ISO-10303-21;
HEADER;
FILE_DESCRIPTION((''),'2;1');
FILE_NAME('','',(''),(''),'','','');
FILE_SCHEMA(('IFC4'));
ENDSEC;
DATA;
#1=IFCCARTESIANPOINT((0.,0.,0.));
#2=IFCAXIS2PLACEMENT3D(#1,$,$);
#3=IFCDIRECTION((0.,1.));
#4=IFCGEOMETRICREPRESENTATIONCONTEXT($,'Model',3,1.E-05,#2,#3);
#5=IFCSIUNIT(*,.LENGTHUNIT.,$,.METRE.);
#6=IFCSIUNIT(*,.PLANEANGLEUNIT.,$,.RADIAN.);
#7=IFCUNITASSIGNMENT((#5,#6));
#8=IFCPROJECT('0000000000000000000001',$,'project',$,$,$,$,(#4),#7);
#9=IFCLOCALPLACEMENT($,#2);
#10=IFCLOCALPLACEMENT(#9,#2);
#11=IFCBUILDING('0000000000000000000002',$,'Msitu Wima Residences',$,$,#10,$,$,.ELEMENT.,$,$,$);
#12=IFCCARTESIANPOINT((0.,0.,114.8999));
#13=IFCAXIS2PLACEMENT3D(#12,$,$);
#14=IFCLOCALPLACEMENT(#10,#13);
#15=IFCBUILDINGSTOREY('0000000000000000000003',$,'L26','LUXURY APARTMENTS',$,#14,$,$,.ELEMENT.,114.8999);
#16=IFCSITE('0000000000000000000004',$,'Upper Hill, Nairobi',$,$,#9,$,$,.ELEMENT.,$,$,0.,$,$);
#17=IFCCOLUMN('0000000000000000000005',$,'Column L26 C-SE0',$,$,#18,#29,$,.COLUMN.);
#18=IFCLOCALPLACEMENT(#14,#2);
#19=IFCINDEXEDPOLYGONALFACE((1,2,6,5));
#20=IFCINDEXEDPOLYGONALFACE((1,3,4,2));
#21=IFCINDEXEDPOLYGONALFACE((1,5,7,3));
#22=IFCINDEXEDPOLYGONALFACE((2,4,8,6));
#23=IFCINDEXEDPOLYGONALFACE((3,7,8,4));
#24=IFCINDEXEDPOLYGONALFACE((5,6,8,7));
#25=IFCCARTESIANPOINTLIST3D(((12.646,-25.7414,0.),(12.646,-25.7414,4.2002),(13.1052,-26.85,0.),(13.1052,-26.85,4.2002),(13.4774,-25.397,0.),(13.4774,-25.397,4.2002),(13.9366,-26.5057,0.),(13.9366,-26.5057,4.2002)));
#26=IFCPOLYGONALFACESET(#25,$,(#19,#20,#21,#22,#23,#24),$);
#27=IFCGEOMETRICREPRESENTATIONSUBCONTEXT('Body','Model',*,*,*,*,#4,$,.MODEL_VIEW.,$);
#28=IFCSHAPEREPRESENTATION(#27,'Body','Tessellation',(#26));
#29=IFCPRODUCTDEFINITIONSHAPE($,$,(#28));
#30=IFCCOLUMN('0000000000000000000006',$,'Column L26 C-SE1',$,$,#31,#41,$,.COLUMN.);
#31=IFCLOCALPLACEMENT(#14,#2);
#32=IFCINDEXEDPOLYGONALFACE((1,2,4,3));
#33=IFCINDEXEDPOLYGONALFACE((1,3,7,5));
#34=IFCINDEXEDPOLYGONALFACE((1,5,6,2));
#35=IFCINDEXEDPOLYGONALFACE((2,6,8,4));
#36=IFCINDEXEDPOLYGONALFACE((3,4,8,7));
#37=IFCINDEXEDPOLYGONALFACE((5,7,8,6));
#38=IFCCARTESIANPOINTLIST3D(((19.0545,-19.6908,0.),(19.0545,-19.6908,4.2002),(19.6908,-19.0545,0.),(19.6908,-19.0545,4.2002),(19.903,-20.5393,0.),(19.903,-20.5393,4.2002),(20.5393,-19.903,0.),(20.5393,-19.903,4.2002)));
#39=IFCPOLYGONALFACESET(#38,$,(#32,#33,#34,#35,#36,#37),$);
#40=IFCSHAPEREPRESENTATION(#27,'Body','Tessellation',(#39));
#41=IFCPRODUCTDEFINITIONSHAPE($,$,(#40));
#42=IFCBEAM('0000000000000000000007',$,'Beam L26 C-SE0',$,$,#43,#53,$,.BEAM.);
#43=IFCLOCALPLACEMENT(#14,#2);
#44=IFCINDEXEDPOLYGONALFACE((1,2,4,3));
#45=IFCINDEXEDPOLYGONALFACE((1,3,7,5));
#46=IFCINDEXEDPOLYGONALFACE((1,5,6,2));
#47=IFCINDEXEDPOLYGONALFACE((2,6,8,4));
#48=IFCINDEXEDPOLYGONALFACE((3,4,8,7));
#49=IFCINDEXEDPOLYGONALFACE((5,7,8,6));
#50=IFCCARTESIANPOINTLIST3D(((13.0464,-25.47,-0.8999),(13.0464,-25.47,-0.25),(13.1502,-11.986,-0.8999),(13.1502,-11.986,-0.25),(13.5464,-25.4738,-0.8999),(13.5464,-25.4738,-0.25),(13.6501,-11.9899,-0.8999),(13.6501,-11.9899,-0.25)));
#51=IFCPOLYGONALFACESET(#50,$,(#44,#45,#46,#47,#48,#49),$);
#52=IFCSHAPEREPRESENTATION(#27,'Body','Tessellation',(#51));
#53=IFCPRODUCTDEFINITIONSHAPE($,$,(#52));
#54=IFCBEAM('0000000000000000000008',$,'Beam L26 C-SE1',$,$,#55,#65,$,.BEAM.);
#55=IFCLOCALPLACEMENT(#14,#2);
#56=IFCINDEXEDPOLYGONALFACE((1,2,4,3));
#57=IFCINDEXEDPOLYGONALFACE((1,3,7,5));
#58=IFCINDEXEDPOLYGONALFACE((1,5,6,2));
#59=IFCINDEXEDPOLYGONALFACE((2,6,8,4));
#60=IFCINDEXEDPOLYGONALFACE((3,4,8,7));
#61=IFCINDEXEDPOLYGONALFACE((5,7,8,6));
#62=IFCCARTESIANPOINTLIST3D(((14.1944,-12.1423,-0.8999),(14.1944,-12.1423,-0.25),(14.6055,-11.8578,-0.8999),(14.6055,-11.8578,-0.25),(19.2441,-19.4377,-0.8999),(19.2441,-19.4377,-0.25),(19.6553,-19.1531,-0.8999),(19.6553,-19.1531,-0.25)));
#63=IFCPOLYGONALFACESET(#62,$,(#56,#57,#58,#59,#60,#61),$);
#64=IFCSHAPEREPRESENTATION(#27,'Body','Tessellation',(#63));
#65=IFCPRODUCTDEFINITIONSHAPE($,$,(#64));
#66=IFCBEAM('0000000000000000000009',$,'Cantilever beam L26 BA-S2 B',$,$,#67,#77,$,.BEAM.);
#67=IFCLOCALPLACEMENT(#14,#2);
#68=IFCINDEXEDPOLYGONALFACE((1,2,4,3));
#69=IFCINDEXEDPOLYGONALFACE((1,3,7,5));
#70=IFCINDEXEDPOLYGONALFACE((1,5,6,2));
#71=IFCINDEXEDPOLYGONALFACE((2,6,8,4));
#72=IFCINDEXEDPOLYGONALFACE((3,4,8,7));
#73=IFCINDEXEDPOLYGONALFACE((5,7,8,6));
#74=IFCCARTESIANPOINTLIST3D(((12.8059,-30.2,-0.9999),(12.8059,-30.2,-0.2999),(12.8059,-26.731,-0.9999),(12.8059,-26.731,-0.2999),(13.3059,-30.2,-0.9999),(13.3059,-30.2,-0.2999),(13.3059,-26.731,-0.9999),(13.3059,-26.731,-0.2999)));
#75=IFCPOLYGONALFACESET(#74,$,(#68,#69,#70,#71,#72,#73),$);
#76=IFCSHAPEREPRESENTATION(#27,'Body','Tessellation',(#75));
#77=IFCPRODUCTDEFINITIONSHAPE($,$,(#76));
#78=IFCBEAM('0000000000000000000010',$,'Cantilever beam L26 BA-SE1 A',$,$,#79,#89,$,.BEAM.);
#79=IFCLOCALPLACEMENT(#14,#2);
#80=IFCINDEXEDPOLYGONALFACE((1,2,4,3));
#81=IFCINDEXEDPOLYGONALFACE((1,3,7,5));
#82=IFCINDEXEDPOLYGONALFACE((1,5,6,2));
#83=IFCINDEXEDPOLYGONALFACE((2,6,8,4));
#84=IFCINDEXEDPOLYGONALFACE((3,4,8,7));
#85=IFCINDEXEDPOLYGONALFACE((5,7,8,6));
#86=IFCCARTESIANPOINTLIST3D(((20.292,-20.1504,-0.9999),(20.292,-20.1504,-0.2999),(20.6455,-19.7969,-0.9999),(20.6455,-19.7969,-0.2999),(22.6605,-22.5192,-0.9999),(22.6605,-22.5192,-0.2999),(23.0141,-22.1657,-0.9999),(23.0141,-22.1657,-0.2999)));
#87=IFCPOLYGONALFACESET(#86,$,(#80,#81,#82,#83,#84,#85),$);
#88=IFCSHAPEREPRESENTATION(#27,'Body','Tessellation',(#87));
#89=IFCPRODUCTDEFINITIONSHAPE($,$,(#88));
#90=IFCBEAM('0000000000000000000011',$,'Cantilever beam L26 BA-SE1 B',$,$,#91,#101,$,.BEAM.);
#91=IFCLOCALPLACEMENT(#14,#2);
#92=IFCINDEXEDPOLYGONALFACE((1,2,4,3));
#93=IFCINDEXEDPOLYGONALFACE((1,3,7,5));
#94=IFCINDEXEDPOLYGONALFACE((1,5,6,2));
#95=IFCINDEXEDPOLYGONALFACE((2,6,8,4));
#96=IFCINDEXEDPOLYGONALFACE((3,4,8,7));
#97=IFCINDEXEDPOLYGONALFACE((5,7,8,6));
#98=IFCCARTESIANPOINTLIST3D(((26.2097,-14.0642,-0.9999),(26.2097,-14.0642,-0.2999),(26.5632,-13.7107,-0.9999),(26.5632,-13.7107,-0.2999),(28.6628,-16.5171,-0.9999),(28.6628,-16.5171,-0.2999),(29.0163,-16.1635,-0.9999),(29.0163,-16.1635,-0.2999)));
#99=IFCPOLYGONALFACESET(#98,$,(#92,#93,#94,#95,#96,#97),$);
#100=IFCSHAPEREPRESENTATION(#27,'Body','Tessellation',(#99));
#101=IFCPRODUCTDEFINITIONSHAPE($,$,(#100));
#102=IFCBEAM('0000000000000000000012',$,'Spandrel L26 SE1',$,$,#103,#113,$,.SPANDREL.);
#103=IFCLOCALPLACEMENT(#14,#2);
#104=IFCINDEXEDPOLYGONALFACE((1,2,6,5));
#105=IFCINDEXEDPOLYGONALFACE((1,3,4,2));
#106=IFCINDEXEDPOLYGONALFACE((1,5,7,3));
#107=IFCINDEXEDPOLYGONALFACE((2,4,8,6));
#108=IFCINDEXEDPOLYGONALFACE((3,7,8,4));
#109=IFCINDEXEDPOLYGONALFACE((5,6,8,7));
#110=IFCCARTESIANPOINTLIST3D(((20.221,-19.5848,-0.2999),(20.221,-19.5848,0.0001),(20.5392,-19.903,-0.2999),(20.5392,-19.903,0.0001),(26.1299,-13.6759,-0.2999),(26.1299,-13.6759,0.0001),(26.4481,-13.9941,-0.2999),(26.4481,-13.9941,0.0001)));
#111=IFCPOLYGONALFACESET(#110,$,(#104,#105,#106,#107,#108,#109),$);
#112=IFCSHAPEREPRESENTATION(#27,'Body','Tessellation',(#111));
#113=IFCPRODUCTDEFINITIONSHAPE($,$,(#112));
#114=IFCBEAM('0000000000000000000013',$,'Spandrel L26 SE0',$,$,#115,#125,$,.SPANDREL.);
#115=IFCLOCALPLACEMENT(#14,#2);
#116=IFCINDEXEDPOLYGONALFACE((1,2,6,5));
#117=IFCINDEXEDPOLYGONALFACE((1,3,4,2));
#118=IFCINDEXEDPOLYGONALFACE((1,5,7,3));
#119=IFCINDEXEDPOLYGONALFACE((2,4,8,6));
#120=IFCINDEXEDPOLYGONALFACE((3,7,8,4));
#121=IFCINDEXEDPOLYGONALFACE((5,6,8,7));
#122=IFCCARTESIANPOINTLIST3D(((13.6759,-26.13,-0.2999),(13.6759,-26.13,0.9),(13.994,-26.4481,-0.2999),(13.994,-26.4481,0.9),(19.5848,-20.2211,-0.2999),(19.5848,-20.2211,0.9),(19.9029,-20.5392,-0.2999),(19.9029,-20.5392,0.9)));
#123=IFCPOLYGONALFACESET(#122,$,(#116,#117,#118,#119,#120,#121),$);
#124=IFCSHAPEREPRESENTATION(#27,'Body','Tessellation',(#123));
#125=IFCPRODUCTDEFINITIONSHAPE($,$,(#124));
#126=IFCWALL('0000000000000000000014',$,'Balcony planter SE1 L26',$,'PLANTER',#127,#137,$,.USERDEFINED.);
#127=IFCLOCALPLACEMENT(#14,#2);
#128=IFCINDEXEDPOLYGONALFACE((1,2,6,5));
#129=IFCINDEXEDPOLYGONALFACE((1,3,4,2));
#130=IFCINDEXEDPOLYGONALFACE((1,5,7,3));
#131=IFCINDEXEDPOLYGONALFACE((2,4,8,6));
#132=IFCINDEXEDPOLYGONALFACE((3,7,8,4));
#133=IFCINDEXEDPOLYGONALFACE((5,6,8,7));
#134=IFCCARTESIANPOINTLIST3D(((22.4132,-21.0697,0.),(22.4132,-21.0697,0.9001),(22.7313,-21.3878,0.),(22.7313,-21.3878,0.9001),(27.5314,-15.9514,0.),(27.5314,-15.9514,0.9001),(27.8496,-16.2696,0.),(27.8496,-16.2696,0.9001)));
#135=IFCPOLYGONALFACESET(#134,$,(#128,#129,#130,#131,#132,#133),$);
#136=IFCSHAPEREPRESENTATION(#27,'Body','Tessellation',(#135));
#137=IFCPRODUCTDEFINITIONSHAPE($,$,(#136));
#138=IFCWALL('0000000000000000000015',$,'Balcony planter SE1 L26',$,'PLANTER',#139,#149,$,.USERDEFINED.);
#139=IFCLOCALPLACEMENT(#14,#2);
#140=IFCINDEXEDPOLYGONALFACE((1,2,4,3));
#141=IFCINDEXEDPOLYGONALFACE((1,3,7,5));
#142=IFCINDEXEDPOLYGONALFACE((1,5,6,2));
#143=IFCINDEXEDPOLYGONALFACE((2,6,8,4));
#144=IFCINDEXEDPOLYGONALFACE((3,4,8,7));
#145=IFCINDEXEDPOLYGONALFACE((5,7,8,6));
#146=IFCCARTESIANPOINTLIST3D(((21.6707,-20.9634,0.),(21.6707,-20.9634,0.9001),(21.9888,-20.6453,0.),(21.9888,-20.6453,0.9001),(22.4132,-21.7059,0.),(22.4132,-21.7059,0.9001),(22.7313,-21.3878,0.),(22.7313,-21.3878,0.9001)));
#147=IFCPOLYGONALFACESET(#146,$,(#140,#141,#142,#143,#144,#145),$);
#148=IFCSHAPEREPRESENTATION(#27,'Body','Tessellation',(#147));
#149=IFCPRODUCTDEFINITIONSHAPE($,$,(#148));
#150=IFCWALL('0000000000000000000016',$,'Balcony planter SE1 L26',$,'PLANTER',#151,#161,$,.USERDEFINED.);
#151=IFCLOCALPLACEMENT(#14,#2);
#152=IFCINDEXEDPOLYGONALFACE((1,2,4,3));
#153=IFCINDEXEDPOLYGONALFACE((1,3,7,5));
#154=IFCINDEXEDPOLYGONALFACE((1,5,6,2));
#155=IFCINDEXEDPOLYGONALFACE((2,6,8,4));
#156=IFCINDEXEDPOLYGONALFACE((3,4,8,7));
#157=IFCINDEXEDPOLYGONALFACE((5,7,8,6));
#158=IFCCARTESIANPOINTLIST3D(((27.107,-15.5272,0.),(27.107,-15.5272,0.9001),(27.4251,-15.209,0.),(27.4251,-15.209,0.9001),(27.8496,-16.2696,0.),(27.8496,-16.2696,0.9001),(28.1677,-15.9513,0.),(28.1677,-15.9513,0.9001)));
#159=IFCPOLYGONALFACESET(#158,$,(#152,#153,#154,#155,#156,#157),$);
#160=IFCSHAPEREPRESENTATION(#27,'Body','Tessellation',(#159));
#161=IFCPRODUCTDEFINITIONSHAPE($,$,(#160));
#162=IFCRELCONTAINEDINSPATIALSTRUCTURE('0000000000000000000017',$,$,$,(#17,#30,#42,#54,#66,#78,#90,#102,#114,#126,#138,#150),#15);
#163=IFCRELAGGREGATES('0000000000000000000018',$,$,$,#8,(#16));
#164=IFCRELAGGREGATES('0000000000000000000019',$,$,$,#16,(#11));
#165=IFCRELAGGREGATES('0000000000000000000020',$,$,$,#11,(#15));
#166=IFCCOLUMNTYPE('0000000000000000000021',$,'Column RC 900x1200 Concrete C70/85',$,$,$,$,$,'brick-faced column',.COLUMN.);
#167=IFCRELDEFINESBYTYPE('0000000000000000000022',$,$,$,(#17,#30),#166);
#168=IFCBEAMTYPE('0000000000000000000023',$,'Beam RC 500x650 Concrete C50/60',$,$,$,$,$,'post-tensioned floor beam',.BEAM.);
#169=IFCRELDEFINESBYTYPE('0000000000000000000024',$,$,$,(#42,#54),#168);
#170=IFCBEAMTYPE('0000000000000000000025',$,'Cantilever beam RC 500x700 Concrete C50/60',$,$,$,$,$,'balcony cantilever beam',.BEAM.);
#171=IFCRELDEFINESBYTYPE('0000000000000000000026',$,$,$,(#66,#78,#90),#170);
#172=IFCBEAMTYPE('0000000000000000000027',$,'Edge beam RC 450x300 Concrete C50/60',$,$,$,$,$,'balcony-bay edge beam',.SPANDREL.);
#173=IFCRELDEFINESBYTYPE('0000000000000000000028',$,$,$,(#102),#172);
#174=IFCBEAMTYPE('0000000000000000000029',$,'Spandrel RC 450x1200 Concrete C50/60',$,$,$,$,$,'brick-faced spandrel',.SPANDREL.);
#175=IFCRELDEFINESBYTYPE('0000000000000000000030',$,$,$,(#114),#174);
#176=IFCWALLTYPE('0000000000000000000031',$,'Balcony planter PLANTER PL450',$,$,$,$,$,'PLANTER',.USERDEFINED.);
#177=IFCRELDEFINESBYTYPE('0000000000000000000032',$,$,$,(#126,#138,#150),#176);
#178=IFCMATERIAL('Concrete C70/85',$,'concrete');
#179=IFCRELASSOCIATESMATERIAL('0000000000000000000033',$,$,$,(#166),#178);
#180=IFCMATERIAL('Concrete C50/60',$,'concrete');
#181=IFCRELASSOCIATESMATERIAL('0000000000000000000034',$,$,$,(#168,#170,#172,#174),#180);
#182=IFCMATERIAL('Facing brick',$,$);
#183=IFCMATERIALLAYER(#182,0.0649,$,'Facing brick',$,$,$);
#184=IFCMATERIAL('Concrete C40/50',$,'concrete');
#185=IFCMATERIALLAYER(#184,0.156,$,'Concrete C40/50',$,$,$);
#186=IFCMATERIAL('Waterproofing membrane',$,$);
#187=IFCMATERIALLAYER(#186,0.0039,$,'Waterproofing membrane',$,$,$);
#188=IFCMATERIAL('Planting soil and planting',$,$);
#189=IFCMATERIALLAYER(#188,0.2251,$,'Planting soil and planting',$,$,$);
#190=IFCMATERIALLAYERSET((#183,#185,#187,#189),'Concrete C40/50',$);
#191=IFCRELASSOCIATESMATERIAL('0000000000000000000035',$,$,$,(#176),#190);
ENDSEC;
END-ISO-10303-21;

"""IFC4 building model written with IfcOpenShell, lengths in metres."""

from ifc_helpers import new_model, si_unit, direction, frame, frame_2d, origin, origin_2d, place, context, subcontext, project, spatial, rectangle, extrude, material, layer, layer_set, material_profile, profile_set, type_object, element, save


model = new_model("IFC4")

# Units and contexts
model_context = context("Model", 3, precision=1e-05, world=origin(), true_north=direction((0.0, 1.0)))
body_context = subcontext(model_context, "Body", "Model", "MODEL_VIEW")
ifc_project = project(units=[si_unit("LENGTHUNIT", "METRE"), si_unit("PLANEANGLEUNIT", "RADIAN")], contexts=[model_context])

# Site, building, storey
site_placement = place(None, origin())
site = spatial("IfcSite", under=ifc_project, at=site_placement, Name="Upper Hill, Nairobi", CompositionType="ELEMENT", RefElevation=0.0)
building_placement = place(site_placement, origin())
building = spatial("IfcBuilding", under=site, at=building_placement, Name="Msitu Wima Residences", CompositionType="ELEMENT")
storey_placement = place(building_placement, frame((0.0, 0.0, 114.8999)))
storey = spatial("IfcBuildingStorey", under=building, at=storey_placement, Name="L26", Description="LUXURY APARTMENTS", CompositionType="ELEMENT", Elevation=114.8999)

# Columns
ifc_material_1 = material(Name="Concrete C70/85", Category="concrete")
ifc_material_profile_1 = material_profile(ifc_material_1, rectangle(XDim=0.8999, YDim=1.2, at=origin_2d()), Name="RC 900x1200")
ifc_profile_set_1 = profile_set([ifc_material_profile_1], Name="Concrete C70/85")
column_type = type_object("IfcColumnType", Name="Column RC 900x1200 Concrete C70/85", ElementType="brick-faced column", PredefinedType="COLUMN", material=ifc_profile_set_1)
for number, where, z_axis, x_axis, name in (
    (1, (13.2913, -26.1235, 0.0), (0.0, 0.0, 1.0), (0.92388, 0.382683, 0.0), "Column L26 C-SE0"),
    (2, (19.7969, -19.7969, 0.0), (0.0, 0.0, 1.0), (0.707107, 0.707107, 0.0), "Column L26 C-SE1"),
):
    element("IfcColumn", number, at=place(storey_placement, frame(where, z_axis=z_axis, x_axis=x_axis)), inside=storey, type_object=column_type, Name=name, PredefinedType="COLUMN", context=body_context, shape_type="SweptSolid", body=[
        extrude(rectangle(XDim=0.8999, YDim=1.2, at=origin_2d()), origin(), (0.0, 0.0, 1.0), 4.2002),
    ])

# Beams
ifc_material_2 = material(Name="Concrete C50/60", Category="concrete")
ifc_material_profile_2 = material_profile(ifc_material_2, rectangle(XDim=0.5, YDim=0.6499, at=origin_2d()), Name="RC 500x650")
ifc_profile_set_2 = profile_set([ifc_material_profile_2], Name="Concrete C50/60")
beam_type_1 = type_object("IfcBeamType", Name="Beam RC 500x650 Concrete C50/60", ElementType="post-tensioned floor beam", PredefinedType="BEAM", material=ifc_profile_set_2)
beam_1_placement = place(storey_placement, frame((13.2964, -25.4719, -0.575), z_axis=(0.007695, 0.99997, 0.0), x_axis=(-0.99997, 0.007695, 0.0)))
element("IfcBeam", 3, at=beam_1_placement, inside=storey, type_object=beam_type_1, Name="Beam L26 C-SE0", PredefinedType="BEAM", context=body_context, shape_type="SweptSolid", body=[
    extrude(rectangle(XDim=0.5, YDim=0.6499, at=origin_2d()), origin(), (0.0, 0.0, 1.0), 13.4844),
])
beam_2_placement = place(storey_placement, frame((19.4497, -19.2954, -0.575), z_axis=(-0.569144, 0.822238, 0.0), x_axis=(-0.822238, -0.569144, 0.0)))
element("IfcBeam", 4, at=beam_2_placement, inside=storey, type_object=beam_type_1, Name="Beam L26 C-SE1", PredefinedType="BEAM", context=body_context, shape_type="SweptSolid", body=[
    extrude(rectangle(XDim=0.5, YDim=0.6499, at=origin_2d()), origin(), (0.0, 0.0, 1.0), 8.8726),
])
ifc_material_profile_3 = material_profile(ifc_material_2, rectangle(XDim=0.5, YDim=0.7, at=origin_2d()), Name="RC 500x700")
ifc_profile_set_3 = profile_set([ifc_material_profile_3], Name="Concrete C50/60")
beam_type_2 = type_object("IfcBeamType", Name="Cantilever beam RC 500x700 Concrete C50/60", ElementType="balcony cantilever beam", PredefinedType="BEAM", material=ifc_profile_set_3)
beam_3_placement = place(storey_placement, frame((13.0559, -26.731, -0.6499), z_axis=(0.0, -1.0, 0.0), x_axis=(1.0, 0.0, 0.0)))
element("IfcBeam", 5, at=beam_3_placement, inside=storey, type_object=beam_type_2, Name="Cantilever beam L26 BA-S2 B", PredefinedType="BEAM", context=body_context, shape_type="SweptSolid", body=[
    extrude(rectangle(XDim=0.5, YDim=0.7, at=origin_2d()), origin(), (0.0, 0.0, 1.0), 3.469),
])
beam_4_placement = place(storey_placement, frame((20.4688, -19.9736, -0.6499), z_axis=(0.70707, -0.707143, 0.0), x_axis=(0.707143, 0.70707, 0.0)))
element("IfcBeam", 6, at=beam_4_placement, inside=storey, type_object=beam_type_2, Name="Cantilever beam L26 BA-SE1 A", PredefinedType="BEAM", context=body_context, shape_type="SweptSolid", body=[
    extrude(rectangle(XDim=0.5, YDim=0.7, at=origin_2d()), origin(), (0.0, 0.0, 1.0), 3.3499),
])
beam_5_placement = place(storey_placement, frame((26.3865, -13.8875, -0.6499), z_axis=(0.707142, -0.707072, 0.0), x_axis=(0.707072, 0.707142, 0.0)))
element("IfcBeam", 7, at=beam_5_placement, inside=storey, type_object=beam_type_2, Name="Cantilever beam L26 BA-SE1 B", PredefinedType="BEAM", context=body_context, shape_type="SweptSolid", body=[
    extrude(rectangle(XDim=0.5, YDim=0.7, at=origin_2d()), origin(), (0.0, 0.0, 1.0), 3.469),
])
ifc_material_profile_4 = material_profile(ifc_material_2, rectangle(XDim=0.45, YDim=0.3, at=origin_2d()), Name="RC 450x300")
ifc_profile_set_4 = profile_set([ifc_material_profile_4], Name="Concrete C50/60")
beam_type_3 = type_object("IfcBeamType", Name="Edge beam RC 450x300 Concrete C50/60", ElementType="balcony-bay edge beam", PredefinedType="SPANDREL", material=ifc_profile_set_4)
beam_6_placement = place(storey_placement, frame((20.3801, -19.7439, -0.1499), z_axis=(0.707107, 0.707107, 0.0), x_axis=(-0.707107, 0.707107, 0.0)))
element("IfcBeam", 8, at=beam_6_placement, inside=storey, type_object=beam_type_3, Name="Spandrel L26 SE1", PredefinedType="SPANDREL", context=body_context, shape_type="SweptSolid", body=[
    extrude(rectangle(XDim=0.45, YDim=0.3, at=origin_2d()), origin(), (0.0, 0.0, 1.0), 8.3564),
])
ifc_material_profile_5 = material_profile(ifc_material_2, rectangle(XDim=0.45, YDim=1.2, at=origin_2d()), Name="RC 450x1200")
ifc_profile_set_5 = profile_set([ifc_material_profile_5], Name="Concrete C50/60")
beam_type_4 = type_object("IfcBeamType", Name="Spandrel RC 450x1200 Concrete C50/60", ElementType="brick-faced spandrel", PredefinedType="SPANDREL", material=ifc_profile_set_5)
beam_7_placement = place(storey_placement, frame((13.835, -26.2891, 0.3), z_axis=(0.707107, 0.707107, 0.0), x_axis=(-0.707107, 0.707107, 0.0)))
element("IfcBeam", 9, at=beam_7_placement, inside=storey, type_object=beam_type_4, Name="Spandrel L26 SE0", PredefinedType="SPANDREL", context=body_context, shape_type="SweptSolid", body=[
    extrude(rectangle(XDim=0.45, YDim=1.2, at=origin_2d()), origin(), (0.0, 0.0, 1.0), 8.3564),
])

# Walls
ifc_material_3 = material(Name="Facing brick")
ifc_layer_1 = layer(ifc_material_3, 0.0649, Name="Facing brick")
ifc_material_4 = material(Name="Concrete C40/50", Category="concrete")
ifc_layer_2 = layer(ifc_material_4, 0.156, Name="Concrete C40/50")
ifc_material_5 = material(Name="Waterproofing membrane")
ifc_layer_3 = layer(ifc_material_5, 0.0039, Name="Waterproofing membrane")
ifc_material_6 = material(Name="Planting soil and planting")
ifc_layer_4 = layer(ifc_material_6, 0.2251, Name="Planting soil and planting")
ifc_layer_set_1 = layer_set([ifc_layer_1, ifc_layer_2, ifc_layer_3, ifc_layer_4], Name="Concrete C40/50")
wall_type_1 = type_object("IfcWallType", Name="Balcony planter PLANTER PL450", ElementType="PLANTER", PredefinedType="USERDEFINED", material=ifc_layer_set_1)
wall_1_placement = place(storey_placement, frame((22.5723, -21.2288, 0.0), z_axis=(0.0, 0.0, 1.0), x_axis=(0.707107, 0.707107, 0.0)))
element("IfcWall", 10, at=wall_1_placement, inside=storey, type_object=wall_type_1, Name="Balcony planter SE1 L26", ObjectType="PLANTER", PredefinedType="USERDEFINED", context=body_context, shape_type="SweptSolid", body=[
    extrude(rectangle(XDim=7.2383, YDim=0.45, at=frame_2d((3.6191, 0.0))), origin(), (0.0, 0.0, 1.0), 0.9001),
])
for number, where, z_axis, x_axis, name in (
    (11, (21.8298, -20.8044, 0.0), (0.0, 0.0, 1.0), (0.707107, -0.707107, 0.0), "Balcony planter SE1 L26"),
    (12, (27.2661, -15.3682, 0.0), (0.0, 0.0, 1.0), (0.707223, -0.706991, 0.0), "Balcony planter SE1 L26"),
):
    element("IfcWall", number, at=place(storey_placement, frame(where, z_axis=z_axis, x_axis=x_axis)), inside=storey, type_object=wall_type_1, Name=name, ObjectType="PLANTER", PredefinedType="USERDEFINED", context=body_context, shape_type="SweptSolid", body=[
        extrude(rectangle(XDim=1.05, YDim=0.45, at=frame_2d((0.5249, 0.0))), origin(), (0.0, 0.0, 1.0), 0.9001),
    ])

save(model, "model.ifc")
